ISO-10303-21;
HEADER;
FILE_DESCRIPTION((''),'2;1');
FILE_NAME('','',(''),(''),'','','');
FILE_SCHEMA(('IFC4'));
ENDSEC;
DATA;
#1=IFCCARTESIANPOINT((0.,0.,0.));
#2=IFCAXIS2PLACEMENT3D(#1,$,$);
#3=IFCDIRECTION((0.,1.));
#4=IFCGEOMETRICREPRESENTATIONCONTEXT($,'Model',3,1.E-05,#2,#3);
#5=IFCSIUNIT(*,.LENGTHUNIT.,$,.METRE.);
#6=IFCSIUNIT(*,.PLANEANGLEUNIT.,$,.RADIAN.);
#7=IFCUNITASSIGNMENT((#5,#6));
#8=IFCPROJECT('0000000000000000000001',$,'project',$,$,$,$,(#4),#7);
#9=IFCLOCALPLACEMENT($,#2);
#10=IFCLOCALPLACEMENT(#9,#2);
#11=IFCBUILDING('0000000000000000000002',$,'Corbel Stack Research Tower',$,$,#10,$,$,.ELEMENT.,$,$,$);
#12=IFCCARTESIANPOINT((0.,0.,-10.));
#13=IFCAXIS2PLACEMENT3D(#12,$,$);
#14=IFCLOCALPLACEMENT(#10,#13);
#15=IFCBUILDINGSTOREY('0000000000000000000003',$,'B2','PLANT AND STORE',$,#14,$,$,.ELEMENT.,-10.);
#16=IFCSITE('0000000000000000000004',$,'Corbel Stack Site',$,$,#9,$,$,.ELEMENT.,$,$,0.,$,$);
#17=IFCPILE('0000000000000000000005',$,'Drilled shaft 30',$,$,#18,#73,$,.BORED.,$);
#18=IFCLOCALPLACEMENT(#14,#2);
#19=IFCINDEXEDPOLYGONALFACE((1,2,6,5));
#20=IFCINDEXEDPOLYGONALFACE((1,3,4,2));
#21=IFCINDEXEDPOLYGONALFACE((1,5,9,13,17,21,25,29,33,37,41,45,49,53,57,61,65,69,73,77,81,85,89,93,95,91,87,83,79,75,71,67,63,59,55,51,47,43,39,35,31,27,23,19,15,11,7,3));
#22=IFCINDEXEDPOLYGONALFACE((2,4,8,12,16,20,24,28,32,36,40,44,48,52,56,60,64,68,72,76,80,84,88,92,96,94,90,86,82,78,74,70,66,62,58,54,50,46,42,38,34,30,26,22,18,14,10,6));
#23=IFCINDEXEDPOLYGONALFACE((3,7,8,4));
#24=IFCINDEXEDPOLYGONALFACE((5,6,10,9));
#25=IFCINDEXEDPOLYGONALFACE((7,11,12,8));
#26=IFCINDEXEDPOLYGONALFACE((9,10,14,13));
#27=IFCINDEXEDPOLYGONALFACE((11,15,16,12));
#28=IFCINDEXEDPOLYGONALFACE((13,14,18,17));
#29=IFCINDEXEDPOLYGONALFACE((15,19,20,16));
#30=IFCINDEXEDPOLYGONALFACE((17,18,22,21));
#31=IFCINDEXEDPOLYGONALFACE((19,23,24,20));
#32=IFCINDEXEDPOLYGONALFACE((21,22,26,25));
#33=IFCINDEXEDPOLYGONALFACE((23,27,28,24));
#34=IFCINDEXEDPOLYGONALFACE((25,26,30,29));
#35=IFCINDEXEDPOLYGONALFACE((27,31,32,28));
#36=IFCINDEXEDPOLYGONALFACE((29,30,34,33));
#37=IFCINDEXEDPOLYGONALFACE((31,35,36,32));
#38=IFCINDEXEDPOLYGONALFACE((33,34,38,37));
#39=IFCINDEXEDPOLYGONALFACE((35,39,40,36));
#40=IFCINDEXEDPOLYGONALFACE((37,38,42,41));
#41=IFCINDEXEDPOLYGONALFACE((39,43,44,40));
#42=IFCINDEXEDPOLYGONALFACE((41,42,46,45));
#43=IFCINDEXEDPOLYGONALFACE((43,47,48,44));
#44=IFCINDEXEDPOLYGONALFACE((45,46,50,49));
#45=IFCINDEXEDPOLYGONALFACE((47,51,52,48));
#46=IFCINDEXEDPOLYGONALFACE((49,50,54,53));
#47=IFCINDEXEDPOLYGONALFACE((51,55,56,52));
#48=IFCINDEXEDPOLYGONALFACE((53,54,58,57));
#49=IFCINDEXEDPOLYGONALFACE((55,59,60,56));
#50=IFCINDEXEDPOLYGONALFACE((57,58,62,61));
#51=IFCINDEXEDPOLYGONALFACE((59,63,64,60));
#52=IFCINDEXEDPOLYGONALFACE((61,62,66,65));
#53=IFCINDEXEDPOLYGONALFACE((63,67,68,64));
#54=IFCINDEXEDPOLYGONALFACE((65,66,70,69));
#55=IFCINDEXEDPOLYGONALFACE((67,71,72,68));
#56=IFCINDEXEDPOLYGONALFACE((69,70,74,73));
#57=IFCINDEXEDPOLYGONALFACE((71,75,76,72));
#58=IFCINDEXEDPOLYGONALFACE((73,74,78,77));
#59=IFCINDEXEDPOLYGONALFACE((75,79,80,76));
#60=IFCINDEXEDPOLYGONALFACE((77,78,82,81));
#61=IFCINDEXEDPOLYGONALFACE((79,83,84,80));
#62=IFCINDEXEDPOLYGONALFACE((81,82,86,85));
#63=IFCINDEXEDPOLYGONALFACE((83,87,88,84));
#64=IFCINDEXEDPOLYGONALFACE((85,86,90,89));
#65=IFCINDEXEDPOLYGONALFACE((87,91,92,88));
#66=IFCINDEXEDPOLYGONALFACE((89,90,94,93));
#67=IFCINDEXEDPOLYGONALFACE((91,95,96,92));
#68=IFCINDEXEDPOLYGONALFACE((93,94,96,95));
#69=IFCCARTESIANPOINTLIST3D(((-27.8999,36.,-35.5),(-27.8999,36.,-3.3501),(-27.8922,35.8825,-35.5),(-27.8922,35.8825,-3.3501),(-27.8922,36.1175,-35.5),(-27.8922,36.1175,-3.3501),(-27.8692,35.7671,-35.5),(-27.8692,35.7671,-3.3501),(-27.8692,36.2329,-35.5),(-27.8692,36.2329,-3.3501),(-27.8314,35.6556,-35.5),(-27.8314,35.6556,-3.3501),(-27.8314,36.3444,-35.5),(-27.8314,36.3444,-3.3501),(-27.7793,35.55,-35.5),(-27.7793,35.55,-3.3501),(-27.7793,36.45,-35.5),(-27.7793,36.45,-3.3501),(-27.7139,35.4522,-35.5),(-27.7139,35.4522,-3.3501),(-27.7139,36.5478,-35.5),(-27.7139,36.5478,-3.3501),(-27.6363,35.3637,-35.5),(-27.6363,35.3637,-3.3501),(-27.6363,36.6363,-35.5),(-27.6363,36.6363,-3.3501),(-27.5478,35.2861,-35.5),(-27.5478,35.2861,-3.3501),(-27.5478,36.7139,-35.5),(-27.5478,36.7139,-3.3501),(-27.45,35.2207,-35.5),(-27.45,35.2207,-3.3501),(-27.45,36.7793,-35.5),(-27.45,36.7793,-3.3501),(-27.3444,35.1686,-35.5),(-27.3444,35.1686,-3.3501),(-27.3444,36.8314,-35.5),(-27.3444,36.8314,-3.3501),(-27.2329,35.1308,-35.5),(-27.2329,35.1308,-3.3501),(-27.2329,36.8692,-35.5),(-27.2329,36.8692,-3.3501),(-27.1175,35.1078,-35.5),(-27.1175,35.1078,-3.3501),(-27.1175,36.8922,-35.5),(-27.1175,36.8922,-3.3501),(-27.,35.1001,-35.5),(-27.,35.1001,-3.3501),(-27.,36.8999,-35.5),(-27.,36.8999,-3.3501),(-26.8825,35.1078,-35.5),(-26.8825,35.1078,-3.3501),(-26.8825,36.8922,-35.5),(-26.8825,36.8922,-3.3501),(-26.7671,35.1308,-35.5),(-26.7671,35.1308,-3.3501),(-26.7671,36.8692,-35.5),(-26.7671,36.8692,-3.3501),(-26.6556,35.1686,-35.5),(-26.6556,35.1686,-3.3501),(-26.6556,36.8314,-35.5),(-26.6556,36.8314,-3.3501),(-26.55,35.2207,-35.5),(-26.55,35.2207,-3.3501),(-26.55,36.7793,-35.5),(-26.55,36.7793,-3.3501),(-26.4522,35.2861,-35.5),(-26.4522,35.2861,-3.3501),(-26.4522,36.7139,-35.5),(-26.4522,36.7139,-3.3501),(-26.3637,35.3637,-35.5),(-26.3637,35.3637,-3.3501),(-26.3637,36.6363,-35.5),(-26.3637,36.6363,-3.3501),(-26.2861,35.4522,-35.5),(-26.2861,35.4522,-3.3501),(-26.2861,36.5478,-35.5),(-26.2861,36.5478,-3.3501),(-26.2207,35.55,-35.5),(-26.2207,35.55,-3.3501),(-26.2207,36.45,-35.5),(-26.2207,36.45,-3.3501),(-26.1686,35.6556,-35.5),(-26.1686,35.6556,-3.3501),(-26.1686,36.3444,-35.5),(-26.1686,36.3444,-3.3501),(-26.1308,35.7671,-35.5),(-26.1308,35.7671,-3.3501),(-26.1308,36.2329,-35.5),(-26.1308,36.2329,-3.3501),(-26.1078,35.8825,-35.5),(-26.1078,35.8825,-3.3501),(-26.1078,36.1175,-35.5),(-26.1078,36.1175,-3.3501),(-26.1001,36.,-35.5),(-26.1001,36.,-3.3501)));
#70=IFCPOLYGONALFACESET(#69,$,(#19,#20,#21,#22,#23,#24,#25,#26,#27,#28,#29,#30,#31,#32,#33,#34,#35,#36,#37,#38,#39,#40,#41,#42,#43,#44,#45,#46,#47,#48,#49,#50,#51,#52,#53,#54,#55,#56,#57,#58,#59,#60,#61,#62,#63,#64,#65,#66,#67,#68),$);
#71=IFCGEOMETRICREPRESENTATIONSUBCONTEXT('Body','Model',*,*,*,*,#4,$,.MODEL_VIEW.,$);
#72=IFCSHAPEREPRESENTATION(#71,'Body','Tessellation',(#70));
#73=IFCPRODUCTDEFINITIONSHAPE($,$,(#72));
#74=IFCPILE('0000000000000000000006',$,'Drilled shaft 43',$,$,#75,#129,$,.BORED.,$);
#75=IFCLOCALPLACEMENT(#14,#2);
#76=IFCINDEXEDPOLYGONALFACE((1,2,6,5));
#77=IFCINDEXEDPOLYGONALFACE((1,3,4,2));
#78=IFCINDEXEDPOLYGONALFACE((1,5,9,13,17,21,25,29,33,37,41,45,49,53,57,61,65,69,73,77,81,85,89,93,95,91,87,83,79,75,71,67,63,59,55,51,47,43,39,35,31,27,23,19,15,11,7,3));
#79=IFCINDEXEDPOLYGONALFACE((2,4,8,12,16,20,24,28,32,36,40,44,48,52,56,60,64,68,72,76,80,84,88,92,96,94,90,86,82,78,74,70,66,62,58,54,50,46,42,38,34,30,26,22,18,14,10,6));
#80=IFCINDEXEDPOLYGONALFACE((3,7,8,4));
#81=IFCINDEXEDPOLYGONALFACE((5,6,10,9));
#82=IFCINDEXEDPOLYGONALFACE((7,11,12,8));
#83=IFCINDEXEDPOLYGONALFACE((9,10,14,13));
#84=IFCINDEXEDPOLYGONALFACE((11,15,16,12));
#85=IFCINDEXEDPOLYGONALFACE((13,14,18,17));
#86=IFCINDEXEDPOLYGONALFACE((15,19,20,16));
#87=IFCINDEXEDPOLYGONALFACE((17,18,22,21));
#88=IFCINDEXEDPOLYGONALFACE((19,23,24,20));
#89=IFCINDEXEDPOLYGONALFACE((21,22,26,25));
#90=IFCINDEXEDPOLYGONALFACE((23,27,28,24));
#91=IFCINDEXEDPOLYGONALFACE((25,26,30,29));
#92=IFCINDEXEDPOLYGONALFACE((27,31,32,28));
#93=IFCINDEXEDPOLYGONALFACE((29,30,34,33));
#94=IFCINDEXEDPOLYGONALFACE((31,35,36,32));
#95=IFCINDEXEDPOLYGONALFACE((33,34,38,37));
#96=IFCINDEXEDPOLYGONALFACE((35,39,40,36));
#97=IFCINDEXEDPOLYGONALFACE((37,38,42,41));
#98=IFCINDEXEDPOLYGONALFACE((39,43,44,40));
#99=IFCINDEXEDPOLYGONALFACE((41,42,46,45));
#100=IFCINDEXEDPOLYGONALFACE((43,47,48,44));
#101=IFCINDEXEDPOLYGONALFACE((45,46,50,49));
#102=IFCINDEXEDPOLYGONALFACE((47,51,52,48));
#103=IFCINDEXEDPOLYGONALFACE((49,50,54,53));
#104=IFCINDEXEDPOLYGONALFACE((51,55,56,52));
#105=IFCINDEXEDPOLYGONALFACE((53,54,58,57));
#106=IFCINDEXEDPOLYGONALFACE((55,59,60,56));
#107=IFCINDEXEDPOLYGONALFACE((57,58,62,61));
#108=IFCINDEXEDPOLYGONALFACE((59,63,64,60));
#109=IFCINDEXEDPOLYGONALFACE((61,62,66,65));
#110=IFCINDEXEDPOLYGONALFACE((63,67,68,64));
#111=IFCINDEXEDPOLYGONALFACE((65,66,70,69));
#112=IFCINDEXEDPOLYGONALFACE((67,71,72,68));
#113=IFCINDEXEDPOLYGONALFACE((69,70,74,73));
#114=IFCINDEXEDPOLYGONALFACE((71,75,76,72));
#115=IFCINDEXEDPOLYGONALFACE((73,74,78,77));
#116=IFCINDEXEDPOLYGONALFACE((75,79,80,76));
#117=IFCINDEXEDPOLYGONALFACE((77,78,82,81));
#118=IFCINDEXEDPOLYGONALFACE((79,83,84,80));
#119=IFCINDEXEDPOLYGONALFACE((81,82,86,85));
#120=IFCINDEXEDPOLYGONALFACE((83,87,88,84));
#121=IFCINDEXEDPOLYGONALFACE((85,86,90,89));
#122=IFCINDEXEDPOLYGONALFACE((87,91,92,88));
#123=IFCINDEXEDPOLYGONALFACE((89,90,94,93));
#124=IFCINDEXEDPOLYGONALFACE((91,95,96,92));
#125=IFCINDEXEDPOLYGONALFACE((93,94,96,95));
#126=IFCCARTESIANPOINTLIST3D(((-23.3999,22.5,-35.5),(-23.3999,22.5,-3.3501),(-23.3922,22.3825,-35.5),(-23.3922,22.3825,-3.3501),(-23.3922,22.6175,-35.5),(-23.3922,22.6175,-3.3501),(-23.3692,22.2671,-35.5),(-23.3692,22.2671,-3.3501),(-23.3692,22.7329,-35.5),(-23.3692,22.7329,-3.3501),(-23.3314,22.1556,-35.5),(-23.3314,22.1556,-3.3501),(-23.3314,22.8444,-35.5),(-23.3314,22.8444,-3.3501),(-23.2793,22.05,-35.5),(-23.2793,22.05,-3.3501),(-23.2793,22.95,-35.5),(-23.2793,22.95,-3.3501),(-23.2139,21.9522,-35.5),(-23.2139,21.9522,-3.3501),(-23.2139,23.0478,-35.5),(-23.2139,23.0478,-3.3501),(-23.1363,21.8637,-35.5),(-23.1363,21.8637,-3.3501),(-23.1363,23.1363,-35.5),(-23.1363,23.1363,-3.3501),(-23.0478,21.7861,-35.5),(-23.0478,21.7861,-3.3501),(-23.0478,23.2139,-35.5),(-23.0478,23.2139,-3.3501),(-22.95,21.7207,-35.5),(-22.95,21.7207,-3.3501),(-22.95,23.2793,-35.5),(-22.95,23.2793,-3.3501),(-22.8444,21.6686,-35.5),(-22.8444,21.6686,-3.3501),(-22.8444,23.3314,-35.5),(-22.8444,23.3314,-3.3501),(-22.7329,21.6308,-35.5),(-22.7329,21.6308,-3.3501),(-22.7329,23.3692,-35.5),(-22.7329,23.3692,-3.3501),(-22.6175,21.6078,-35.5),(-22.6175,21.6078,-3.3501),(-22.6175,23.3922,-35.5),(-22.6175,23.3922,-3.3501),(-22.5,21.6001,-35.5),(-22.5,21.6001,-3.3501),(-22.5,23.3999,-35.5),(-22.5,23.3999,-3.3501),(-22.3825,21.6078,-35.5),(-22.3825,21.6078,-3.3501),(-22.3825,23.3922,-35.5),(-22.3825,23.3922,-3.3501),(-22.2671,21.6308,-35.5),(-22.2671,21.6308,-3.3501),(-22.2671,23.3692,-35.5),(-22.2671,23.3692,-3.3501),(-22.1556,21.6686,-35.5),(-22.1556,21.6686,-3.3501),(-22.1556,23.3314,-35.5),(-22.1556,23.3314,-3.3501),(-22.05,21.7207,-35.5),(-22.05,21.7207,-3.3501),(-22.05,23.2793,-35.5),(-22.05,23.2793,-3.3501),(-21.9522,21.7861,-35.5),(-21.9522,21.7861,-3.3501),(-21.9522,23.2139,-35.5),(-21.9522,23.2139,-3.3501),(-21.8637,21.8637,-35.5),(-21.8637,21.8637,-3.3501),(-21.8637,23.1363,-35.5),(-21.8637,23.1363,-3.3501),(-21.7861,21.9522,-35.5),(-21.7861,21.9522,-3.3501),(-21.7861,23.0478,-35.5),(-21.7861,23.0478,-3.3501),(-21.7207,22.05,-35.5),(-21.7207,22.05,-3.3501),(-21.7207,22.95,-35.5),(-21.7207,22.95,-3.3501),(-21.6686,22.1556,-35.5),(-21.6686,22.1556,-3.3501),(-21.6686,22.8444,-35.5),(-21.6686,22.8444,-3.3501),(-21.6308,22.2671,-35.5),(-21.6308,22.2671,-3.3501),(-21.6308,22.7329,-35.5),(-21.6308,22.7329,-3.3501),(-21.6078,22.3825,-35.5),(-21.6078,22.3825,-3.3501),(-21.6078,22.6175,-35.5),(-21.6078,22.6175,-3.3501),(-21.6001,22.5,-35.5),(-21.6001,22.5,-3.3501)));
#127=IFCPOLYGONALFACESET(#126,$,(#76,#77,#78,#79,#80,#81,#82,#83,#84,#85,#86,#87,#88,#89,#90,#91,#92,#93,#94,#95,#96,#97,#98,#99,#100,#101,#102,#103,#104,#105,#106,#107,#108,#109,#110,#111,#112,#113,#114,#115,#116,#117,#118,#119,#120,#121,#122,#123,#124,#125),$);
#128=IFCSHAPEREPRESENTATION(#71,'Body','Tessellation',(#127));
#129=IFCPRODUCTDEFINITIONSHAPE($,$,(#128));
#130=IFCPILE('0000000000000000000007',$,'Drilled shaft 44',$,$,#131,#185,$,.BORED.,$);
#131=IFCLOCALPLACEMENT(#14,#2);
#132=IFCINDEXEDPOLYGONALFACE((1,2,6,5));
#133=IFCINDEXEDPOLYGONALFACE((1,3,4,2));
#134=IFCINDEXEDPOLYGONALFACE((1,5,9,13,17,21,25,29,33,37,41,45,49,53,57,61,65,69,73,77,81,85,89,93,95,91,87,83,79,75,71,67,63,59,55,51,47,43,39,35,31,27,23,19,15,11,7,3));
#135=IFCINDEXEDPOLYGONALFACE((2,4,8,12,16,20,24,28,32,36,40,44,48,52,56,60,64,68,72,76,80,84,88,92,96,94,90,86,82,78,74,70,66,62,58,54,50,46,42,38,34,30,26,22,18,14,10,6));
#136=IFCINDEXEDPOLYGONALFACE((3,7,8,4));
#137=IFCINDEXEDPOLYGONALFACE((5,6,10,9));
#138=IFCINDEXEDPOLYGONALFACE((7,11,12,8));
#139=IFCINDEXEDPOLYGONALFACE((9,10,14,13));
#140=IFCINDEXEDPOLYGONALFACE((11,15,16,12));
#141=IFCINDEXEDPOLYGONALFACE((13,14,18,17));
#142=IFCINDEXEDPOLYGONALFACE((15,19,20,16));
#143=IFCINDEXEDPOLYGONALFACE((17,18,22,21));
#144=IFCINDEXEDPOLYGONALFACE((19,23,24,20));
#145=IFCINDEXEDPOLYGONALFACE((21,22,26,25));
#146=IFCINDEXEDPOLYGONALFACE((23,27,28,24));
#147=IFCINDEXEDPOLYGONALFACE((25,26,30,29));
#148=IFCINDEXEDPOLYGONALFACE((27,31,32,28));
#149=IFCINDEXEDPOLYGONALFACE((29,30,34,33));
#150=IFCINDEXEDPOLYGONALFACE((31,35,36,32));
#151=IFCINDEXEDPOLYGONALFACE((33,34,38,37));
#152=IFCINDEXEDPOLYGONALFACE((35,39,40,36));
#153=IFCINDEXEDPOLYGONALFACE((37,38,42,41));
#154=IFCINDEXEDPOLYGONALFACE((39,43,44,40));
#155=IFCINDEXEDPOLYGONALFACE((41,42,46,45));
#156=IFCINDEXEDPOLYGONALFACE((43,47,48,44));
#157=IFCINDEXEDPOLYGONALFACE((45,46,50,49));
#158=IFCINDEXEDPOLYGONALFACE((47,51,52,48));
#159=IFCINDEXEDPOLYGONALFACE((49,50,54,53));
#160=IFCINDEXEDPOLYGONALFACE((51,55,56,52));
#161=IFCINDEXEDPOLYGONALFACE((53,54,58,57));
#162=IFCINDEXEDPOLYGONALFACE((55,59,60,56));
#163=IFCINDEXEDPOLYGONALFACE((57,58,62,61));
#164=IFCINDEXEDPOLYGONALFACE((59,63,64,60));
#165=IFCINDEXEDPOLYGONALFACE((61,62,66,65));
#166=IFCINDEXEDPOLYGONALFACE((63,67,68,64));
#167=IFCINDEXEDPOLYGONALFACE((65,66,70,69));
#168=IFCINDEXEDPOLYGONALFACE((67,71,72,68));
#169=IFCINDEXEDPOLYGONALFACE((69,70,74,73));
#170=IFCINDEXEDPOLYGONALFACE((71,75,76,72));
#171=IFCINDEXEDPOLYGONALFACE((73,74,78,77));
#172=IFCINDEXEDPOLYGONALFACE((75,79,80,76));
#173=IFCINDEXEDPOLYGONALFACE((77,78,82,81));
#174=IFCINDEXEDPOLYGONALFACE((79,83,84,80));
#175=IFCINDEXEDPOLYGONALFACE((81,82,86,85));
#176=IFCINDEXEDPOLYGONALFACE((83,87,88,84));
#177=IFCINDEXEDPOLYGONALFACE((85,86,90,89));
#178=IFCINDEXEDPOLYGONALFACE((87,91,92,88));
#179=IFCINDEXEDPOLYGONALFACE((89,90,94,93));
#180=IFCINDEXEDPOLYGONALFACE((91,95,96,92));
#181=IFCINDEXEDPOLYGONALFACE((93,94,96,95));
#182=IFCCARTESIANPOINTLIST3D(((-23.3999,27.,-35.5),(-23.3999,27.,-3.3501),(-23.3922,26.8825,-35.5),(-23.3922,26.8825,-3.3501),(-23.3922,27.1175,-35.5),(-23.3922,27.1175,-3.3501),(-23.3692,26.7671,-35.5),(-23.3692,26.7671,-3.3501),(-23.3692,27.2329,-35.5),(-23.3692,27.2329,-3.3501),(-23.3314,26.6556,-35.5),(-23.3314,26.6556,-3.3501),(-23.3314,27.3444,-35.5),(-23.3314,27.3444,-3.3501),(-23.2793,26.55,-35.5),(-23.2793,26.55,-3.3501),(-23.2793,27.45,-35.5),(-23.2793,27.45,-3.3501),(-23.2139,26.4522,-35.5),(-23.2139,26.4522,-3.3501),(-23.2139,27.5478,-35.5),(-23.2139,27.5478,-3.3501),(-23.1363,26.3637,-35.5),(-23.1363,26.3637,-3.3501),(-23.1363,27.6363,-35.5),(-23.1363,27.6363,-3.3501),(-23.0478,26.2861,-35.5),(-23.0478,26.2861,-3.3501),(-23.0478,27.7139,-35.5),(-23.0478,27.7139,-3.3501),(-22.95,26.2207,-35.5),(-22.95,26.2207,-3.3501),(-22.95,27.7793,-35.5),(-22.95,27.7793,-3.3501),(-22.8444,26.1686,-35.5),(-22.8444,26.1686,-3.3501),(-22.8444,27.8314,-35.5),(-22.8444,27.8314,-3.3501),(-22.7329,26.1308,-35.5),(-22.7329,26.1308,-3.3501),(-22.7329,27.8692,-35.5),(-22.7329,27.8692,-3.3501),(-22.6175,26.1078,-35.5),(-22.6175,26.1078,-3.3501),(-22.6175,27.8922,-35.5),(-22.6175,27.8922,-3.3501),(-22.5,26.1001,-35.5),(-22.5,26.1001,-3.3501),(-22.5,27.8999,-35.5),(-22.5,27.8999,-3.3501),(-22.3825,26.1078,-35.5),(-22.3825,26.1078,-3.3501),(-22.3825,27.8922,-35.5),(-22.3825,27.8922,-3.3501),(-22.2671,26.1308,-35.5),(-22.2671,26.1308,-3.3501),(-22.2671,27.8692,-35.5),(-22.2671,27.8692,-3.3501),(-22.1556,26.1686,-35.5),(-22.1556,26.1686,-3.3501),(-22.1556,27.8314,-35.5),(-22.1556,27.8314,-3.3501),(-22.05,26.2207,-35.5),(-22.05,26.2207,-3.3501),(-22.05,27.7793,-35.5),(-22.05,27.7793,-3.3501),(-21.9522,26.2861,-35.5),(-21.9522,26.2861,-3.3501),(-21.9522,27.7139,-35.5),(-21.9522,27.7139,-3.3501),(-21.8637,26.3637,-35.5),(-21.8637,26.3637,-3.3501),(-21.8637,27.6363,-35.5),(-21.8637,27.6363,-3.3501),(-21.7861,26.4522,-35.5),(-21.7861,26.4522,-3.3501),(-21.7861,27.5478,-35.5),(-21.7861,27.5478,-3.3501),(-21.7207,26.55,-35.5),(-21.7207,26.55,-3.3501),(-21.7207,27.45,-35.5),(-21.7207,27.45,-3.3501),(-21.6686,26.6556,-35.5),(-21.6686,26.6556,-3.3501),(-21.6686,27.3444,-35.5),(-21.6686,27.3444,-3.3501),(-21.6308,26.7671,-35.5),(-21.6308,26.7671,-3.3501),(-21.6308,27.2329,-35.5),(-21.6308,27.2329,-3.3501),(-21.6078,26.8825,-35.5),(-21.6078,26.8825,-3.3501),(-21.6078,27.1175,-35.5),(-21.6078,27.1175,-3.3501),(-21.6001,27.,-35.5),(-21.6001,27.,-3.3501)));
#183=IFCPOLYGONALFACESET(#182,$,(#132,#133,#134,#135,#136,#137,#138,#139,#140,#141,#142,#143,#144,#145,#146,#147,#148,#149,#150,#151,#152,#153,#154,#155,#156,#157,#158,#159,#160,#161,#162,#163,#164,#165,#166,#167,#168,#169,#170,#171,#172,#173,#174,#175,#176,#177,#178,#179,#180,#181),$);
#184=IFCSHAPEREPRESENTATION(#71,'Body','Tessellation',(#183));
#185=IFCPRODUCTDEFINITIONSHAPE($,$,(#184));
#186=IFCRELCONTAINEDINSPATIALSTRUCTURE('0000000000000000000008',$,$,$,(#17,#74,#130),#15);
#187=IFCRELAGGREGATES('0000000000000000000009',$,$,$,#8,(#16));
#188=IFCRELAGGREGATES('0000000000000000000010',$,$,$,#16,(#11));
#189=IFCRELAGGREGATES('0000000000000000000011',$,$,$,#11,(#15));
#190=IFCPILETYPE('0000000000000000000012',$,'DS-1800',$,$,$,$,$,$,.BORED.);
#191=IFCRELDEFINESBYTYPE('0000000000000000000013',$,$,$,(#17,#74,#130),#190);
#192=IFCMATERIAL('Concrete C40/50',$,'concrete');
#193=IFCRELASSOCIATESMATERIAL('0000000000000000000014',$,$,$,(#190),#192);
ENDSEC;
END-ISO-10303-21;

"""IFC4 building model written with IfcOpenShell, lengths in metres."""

from ifc_helpers import new_model, si_unit, direction, frame, origin, origin_2d, place, context, subcontext, project, spatial, circle, extrude, material, material_profile, profile_set, type_object, element, save


model = new_model("IFC4")

# Units and contexts
model_context = context("Model", 3, precision=1e-05, world=origin(), true_north=direction((0.0, 1.0)))
body_context = subcontext(model_context, "Body", "Model", "MODEL_VIEW")
ifc_project = project(units=[si_unit("LENGTHUNIT", "METRE"), si_unit("PLANEANGLEUNIT", "RADIAN")], contexts=[model_context])

# Site, building, storey
site_placement = place(None, origin())
site = spatial("IfcSite", under=ifc_project, at=site_placement, Name="Corbel Stack Site", CompositionType="ELEMENT", RefElevation=0.0)
building_placement = place(site_placement, origin())
building = spatial("IfcBuilding", under=site, at=building_placement, Name="Corbel Stack Research Tower", CompositionType="ELEMENT")
storey_placement = place(building_placement, frame((0.0, 0.0, -10.0)))
storey = spatial("IfcBuildingStorey", under=building, at=storey_placement, Name="B2", Description="PLANT AND STORE", CompositionType="ELEMENT", Elevation=-10.0)

# Piles
ifc_material_1 = material(Name="Concrete C40/50", Category="concrete")
ifc_material_profile_1 = material_profile(ifc_material_1, circle(Radius=0.8999, at=origin_2d()), Name="Shaft 1800")
ifc_profile_set_1 = profile_set([ifc_material_profile_1], Name="Concrete C40/50")
pile_type = type_object("IfcPileType", Name="DS-1800", PredefinedType="BORED", material=ifc_profile_set_1)
for number, where, z_axis, x_axis, name in (
    (1, (-27.0, 36.0, -3.3501), (0.0, 0.0, -1.0), (1.0, 0.0, 0.0), "Drilled shaft 30"),
    (2, (-22.5, 22.5, -3.3501), (0.0, 0.0, -1.0), (1.0, 0.0, 0.0), "Drilled shaft 43"),
    (3, (-22.5, 27.0, -3.3501), (0.0, 0.0, -1.0), (1.0, 0.0, 0.0), "Drilled shaft 44"),
):
    element("IfcPile", number, at=place(storey_placement, frame(where, z_axis=z_axis, x_axis=x_axis)), inside=storey, type_object=pile_type, Name=name, PredefinedType="BORED", context=body_context, shape_type="SweptSolid", body=[
        extrude(circle(Radius=0.8999, at=origin_2d()), origin(), (0.0, 0.0, 1.0), 32.1499),
    ])

save(model, "model.ifc")
